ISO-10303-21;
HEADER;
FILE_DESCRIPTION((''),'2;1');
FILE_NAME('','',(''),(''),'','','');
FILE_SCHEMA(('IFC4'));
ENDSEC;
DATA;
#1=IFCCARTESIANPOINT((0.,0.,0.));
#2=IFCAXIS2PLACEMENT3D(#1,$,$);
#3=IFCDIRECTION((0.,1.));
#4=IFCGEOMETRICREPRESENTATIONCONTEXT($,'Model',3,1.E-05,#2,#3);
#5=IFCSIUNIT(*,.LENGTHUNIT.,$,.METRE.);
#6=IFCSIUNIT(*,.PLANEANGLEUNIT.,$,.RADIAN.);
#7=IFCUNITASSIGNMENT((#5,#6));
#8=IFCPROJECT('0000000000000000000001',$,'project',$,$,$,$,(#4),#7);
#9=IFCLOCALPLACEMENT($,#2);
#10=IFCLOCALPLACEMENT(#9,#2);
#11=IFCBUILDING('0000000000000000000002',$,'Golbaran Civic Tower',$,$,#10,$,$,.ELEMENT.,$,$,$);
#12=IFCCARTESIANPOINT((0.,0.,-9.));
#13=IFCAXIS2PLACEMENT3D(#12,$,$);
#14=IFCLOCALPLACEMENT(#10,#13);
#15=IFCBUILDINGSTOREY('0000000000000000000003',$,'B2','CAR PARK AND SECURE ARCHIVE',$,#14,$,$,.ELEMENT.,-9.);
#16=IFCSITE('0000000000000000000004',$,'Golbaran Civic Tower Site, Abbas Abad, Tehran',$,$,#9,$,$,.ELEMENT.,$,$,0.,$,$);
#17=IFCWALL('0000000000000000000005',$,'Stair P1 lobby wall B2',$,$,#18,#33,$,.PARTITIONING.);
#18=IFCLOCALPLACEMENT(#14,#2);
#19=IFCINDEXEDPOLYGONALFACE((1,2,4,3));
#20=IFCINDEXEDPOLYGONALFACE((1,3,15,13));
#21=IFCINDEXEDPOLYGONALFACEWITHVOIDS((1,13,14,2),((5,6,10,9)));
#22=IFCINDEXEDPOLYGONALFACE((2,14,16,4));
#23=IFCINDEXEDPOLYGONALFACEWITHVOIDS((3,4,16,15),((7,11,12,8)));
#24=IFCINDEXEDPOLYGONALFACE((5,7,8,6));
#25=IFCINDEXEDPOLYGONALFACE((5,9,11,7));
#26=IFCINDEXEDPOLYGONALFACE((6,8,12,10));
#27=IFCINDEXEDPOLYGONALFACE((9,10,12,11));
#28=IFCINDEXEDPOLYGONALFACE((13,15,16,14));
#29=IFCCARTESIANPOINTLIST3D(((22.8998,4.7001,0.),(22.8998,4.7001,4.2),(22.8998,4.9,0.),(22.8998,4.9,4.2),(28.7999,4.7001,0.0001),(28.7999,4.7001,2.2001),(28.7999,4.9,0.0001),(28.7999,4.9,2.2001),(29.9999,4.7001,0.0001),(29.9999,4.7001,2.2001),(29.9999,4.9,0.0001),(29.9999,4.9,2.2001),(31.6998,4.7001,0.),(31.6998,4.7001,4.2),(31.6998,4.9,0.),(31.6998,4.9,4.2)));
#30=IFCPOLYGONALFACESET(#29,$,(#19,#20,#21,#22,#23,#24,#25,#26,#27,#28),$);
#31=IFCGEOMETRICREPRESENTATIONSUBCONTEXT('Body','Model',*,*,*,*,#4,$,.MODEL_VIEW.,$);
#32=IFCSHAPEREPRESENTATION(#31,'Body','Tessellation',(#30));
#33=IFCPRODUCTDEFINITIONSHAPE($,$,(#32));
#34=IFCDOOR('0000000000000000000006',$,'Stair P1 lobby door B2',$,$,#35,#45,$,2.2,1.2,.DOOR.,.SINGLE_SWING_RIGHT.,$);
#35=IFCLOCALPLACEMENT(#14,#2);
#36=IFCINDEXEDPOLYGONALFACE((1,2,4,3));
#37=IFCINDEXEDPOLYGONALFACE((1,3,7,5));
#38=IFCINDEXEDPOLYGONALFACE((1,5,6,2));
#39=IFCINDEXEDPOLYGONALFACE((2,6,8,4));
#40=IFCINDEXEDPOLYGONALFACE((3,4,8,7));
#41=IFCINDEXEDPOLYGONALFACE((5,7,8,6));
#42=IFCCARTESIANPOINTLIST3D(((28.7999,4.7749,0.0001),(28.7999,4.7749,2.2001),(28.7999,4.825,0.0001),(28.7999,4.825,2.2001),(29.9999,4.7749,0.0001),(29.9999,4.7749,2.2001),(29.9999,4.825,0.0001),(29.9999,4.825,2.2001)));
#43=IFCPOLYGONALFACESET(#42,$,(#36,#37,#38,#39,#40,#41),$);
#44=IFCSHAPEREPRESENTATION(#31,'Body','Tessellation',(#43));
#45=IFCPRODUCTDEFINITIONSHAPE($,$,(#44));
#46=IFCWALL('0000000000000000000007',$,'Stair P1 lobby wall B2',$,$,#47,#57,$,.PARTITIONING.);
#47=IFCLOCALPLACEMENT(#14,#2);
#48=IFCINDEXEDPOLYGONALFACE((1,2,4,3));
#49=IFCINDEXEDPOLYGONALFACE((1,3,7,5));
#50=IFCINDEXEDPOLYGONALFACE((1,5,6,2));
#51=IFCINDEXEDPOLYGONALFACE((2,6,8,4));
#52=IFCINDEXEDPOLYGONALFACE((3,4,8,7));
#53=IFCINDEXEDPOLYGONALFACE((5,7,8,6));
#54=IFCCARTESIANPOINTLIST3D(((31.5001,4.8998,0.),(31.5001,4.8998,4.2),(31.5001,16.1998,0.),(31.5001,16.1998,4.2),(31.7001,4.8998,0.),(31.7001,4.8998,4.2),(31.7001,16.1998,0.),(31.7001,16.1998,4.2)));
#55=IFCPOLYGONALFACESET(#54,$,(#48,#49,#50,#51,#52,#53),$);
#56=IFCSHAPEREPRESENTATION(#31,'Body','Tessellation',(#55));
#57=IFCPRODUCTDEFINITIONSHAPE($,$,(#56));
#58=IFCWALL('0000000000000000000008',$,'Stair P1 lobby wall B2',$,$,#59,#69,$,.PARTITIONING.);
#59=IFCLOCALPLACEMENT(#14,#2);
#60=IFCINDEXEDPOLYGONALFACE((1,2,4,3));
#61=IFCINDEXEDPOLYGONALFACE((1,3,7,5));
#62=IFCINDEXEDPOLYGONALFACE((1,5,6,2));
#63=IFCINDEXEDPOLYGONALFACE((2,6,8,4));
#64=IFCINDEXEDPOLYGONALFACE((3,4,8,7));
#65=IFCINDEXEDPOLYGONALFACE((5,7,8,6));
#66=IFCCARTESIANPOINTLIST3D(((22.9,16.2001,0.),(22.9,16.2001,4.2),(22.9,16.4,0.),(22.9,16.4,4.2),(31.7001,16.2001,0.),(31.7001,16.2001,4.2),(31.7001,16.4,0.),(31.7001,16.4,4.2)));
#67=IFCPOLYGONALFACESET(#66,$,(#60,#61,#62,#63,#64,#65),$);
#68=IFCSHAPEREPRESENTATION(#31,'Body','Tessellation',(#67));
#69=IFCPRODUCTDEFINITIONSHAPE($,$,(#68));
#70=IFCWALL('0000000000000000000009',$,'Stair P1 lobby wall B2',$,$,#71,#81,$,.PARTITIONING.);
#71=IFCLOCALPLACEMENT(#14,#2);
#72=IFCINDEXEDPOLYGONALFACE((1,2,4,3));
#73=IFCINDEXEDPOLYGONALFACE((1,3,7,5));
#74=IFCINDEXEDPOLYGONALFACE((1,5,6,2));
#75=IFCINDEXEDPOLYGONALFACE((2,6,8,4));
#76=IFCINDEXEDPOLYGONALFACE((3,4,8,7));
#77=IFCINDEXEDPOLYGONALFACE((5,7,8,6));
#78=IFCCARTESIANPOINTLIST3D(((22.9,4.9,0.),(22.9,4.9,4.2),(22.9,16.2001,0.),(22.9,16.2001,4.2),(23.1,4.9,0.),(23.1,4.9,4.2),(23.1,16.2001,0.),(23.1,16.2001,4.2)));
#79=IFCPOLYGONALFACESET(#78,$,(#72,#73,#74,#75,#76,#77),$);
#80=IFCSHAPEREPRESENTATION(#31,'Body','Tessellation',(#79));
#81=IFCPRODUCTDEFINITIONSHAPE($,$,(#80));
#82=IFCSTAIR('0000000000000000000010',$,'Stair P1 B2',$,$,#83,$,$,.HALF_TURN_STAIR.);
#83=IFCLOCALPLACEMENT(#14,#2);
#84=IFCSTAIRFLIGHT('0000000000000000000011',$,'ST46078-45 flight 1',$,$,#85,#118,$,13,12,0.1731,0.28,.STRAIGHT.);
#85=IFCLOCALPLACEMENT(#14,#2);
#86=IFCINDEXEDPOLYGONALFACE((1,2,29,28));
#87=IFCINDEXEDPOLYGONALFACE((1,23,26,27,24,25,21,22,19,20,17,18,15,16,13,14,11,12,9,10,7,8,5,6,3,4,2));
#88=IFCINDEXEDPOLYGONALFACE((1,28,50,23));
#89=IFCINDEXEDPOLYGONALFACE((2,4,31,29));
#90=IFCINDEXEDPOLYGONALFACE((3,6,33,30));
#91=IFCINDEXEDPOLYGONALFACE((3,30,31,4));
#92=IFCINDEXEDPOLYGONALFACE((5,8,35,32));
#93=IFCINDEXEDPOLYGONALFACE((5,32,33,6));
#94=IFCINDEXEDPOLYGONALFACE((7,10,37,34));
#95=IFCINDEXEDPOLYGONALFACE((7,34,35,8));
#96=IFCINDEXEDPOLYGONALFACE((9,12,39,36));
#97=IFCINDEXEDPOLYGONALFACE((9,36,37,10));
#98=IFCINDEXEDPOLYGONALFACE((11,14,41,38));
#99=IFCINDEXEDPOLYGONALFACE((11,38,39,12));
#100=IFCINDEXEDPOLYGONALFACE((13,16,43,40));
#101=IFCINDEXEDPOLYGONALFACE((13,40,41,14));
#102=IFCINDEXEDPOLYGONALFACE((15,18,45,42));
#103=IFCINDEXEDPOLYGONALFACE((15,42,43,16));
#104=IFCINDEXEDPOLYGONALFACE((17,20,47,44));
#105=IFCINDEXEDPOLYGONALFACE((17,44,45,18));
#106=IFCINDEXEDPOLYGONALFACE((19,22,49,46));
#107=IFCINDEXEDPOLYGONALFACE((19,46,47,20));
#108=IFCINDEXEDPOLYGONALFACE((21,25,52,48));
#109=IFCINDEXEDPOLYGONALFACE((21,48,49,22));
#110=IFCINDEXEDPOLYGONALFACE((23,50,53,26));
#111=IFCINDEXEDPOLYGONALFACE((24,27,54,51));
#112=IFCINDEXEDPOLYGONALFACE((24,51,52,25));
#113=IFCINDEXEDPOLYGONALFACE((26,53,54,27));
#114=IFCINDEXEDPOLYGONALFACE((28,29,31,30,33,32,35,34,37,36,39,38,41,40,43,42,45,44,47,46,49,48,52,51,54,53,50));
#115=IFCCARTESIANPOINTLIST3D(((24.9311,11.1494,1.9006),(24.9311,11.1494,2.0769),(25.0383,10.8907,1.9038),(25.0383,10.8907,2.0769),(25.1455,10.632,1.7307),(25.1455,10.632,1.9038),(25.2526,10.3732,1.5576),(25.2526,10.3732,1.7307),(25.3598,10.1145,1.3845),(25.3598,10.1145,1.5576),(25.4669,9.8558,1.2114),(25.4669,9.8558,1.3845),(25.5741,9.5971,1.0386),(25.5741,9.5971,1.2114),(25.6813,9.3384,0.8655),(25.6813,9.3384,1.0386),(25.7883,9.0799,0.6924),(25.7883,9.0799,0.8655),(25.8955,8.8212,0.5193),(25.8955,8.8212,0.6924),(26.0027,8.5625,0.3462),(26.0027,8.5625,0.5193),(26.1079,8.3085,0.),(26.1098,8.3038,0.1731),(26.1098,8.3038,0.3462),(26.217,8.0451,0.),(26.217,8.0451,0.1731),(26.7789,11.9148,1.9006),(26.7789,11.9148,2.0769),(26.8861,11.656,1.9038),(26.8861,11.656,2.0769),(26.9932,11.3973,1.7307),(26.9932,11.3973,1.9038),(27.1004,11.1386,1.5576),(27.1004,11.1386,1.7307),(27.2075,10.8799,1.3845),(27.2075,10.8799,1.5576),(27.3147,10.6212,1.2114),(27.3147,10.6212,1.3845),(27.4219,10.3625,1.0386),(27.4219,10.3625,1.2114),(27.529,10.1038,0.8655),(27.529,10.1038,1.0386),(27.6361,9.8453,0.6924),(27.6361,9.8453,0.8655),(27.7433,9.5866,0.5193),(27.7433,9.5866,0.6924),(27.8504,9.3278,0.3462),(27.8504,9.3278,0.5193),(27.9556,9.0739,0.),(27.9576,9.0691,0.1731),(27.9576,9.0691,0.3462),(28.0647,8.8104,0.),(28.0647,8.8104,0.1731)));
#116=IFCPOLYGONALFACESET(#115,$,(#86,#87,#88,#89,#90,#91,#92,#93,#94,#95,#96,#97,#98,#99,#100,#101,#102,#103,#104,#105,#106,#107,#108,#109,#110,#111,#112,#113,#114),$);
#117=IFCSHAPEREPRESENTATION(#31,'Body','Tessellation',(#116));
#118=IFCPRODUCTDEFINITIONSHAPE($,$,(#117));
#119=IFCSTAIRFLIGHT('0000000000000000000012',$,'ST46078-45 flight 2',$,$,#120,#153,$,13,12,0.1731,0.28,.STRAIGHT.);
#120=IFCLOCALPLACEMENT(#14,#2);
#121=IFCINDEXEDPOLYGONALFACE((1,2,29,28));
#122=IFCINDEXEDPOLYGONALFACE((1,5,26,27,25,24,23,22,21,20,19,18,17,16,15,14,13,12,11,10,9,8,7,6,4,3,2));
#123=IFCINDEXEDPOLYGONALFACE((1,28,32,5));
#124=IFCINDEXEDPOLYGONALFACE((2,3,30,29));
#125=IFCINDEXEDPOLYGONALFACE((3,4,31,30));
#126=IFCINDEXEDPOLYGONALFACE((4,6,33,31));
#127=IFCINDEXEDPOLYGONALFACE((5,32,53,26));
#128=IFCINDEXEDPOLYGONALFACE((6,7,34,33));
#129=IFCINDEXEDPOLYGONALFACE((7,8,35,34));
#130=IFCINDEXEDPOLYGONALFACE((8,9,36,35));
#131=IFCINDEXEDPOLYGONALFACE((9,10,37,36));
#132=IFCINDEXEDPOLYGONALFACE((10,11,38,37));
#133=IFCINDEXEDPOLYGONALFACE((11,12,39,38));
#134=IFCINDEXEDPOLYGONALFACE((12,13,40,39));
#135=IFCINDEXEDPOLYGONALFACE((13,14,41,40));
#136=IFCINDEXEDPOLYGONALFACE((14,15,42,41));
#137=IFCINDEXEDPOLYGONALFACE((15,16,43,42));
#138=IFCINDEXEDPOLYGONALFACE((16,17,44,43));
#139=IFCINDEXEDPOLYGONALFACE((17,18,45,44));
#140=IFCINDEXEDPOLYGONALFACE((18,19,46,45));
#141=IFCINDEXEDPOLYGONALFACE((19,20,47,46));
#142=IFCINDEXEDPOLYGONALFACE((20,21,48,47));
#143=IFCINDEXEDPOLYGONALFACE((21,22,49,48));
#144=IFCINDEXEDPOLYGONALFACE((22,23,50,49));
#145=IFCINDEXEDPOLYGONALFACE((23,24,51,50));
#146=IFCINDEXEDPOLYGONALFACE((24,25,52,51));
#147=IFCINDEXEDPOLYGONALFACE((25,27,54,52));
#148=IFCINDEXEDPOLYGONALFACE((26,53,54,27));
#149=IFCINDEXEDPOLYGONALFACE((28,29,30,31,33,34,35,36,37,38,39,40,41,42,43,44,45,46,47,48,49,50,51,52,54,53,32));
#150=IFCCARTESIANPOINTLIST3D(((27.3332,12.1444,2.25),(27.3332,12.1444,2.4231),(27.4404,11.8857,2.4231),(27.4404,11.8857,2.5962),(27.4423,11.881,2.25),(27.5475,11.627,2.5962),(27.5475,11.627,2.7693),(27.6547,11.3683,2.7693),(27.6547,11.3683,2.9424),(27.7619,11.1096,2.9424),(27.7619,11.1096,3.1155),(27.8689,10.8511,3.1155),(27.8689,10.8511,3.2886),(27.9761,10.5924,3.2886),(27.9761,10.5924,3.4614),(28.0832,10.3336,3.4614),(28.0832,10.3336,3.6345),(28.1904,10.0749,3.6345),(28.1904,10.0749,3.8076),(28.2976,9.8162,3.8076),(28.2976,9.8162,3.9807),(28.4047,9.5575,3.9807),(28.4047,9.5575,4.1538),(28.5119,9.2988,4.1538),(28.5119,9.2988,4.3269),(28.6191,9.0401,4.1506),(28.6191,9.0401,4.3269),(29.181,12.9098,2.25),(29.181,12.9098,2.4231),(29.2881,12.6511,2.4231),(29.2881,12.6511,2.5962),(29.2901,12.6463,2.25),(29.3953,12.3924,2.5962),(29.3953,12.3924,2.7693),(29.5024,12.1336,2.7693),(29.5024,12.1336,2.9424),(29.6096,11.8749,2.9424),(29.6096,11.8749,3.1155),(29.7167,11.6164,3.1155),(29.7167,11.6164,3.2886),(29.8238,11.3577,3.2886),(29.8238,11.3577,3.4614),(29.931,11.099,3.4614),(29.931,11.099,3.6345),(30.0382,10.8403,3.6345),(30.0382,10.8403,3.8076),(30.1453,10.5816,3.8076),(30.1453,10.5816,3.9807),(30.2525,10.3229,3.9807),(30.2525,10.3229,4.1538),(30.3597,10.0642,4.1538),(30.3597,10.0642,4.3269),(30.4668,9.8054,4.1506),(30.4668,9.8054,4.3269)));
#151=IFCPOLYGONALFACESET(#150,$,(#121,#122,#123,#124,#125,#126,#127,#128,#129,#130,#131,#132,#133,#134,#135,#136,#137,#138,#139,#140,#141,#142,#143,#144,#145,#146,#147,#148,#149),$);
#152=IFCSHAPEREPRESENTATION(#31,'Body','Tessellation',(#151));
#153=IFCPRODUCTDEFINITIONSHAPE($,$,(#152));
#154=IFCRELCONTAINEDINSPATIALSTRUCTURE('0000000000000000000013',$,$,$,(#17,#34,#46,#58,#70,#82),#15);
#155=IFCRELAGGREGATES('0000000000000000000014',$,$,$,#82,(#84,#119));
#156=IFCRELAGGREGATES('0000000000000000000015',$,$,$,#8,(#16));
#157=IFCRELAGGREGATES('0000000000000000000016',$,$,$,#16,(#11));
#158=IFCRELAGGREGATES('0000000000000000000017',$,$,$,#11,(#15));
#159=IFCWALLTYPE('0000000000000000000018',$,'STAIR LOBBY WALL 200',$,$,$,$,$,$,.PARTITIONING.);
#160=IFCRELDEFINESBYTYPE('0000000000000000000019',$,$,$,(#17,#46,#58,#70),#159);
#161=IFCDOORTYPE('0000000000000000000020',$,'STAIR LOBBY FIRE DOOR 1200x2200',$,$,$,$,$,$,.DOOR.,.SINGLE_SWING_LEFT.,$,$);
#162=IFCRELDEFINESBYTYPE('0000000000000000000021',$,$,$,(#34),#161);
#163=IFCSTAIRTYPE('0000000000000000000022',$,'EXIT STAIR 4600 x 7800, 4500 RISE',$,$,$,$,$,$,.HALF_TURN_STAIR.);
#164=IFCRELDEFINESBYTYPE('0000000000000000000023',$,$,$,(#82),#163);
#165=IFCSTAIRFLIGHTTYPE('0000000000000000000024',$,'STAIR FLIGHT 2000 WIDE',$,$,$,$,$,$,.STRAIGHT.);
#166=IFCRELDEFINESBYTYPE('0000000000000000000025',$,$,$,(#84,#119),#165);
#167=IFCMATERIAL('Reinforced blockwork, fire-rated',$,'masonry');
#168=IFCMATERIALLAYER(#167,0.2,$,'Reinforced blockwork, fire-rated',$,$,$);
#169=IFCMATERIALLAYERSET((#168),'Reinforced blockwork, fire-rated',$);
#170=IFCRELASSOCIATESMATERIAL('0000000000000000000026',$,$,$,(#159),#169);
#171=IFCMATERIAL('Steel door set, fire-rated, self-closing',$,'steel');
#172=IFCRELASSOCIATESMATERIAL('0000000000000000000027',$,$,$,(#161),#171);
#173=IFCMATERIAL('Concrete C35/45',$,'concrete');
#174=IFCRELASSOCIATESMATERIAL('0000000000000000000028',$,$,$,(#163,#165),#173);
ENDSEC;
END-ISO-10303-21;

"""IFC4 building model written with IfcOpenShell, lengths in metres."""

from ifc_helpers import new_model, si_unit, direction, frame, frame_2d, origin, place, context, subcontext, project, spatial, polyline, rectangle, outline, extrude, material, layer, layer_set, type_object, element, fill, aggregate, save


model = new_model("IFC4")

# Units and contexts
model_context = context("Model", 3, precision=1e-05, world=origin(), true_north=direction((0.0, 1.0)))
body_context = subcontext(model_context, "Body", "Model", "MODEL_VIEW")
ifc_project = project(units=[si_unit("LENGTHUNIT", "METRE"), si_unit("PLANEANGLEUNIT", "RADIAN")], contexts=[model_context])

# Site, building, storey
site_placement = place(None, origin())
site = spatial("IfcSite", under=ifc_project, at=site_placement, Name="Golbaran Civic Tower Site, Abbas Abad, Tehran", CompositionType="ELEMENT", RefElevation=0.0)
building_placement = place(site_placement, origin())
building = spatial("IfcBuilding", under=site, at=building_placement, Name="Golbaran Civic Tower", CompositionType="ELEMENT")
storey_placement = place(building_placement, frame((0.0, 0.0, -9.0)))
storey = spatial("IfcBuildingStorey", under=building, at=storey_placement, Name="B2", Description="CAR PARK AND SECURE ARCHIVE", CompositionType="ELEMENT", Elevation=-9.0)

# Wall, opening, door
ifc_material_1 = material(Name="Reinforced blockwork, fire-rated", Category="masonry")
ifc_layer_1 = layer(ifc_material_1, 0.2, Name="Reinforced blockwork, fire-rated")
ifc_layer_set_1 = layer_set([ifc_layer_1], Name="Reinforced blockwork, fire-rated")
wall_type_1 = type_object("IfcWallType", Name="STAIR LOBBY WALL 200", PredefinedType="PARTITIONING", material=ifc_layer_set_1)
wall_1_placement = place(storey_placement, frame((22.8999, 4.8, 0.0), z_axis=(0.0, 0.0, 1.0), x_axis=(1.0, 0.0, 0.0)))
wall_1 = element("IfcWall", 1, at=wall_1_placement, inside=storey, type_object=wall_type_1, Name="Stair P1 lobby wall B2", PredefinedType="PARTITIONING", context=body_context, shape_type="SweptSolid", body=[
    extrude(rectangle(XDim=8.8, YDim=0.2, at=frame_2d((4.3999, 0.0))), origin(), (0.0, 0.0, 1.0), 4.2),
])
opening_1_placement = place(wall_1_placement, frame((5.8999, 0.0, 0.0)))
opening_1 = element("IfcOpeningElement", 2, at=opening_1_placement, cuts=wall_1, PredefinedType="OPENING", context=body_context, shape_type="SweptSolid", body=[
    extrude(rectangle(XDim=1.2, YDim=2.2, at=frame_2d((0.6001, 1.1001))), frame((0.0, 0.1099, 0.0), z_axis=(0.0, -1.0, 0.0), x_axis=(1.0, 0.0, 0.0)), (0.0, 0.0, 1.0), 0.22),
])
ifc_material_2 = material(Name="Steel door set, fire-rated, self-closing", Category="steel")
door_type_1 = type_object("IfcDoorType", Name="STAIR LOBBY FIRE DOOR 1200x2200", OperationType="SINGLE_SWING_LEFT", PredefinedType="DOOR", material=ifc_material_2)
door_1_placement = place(opening_1_placement, origin())
door_1 = element("IfcDoor", 3, at=door_1_placement, inside=storey, type_object=door_type_1, Name="Stair P1 lobby door B2", OperationType="SINGLE_SWING_RIGHT", OverallHeight=2.2, OverallWidth=1.2, PredefinedType="DOOR", context=body_context, shape_type="SweptSolid", body=[
    extrude(rectangle(XDim=1.2, YDim=2.2, at=frame_2d((0.6001, 1.1001))), frame((0.0, 0.0249, 0.0), z_axis=(0.0, -1.0, 0.0), x_axis=(1.0, 0.0, 0.0)), (0.0, 0.0, 1.0), 0.05),
])
fill(opening_1, door_1)

# Walls
wall_2_placement = place(storey_placement, frame((31.6001, 4.8999, 0.0), z_axis=(0.0, 0.0, 1.0), x_axis=(0.0, 1.0, 0.0)))
element("IfcWall", 4, at=wall_2_placement, inside=storey, type_object=wall_type_1, Name="Stair P1 lobby wall B2", PredefinedType="PARTITIONING", context=body_context, shape_type="SweptSolid", body=[
    extrude(rectangle(XDim=11.3, YDim=0.2, at=frame_2d((5.6499, 0.0))), origin(), (0.0, 0.0, 1.0), 4.2),
])
wall_3_placement = place(storey_placement, frame((31.7, 16.3, 0.0), z_axis=(0.0, 0.0, 1.0), x_axis=(-1.0, 0.0, 0.0)))
element("IfcWall", 5, at=wall_3_placement, inside=storey, type_object=wall_type_1, Name="Stair P1 lobby wall B2", PredefinedType="PARTITIONING", context=body_context, shape_type="SweptSolid", body=[
    extrude(rectangle(XDim=8.8, YDim=0.2, at=frame_2d((4.3999, 0.0))), origin(), (0.0, 0.0, 1.0), 4.2),
])
wall_4_placement = place(storey_placement, frame((23.0, 16.2, 0.0), z_axis=(0.0, 0.0, 1.0), x_axis=(0.0, -1.0, 0.0)))
element("IfcWall", 6, at=wall_4_placement, inside=storey, type_object=wall_type_1, Name="Stair P1 lobby wall B2", PredefinedType="PARTITIONING", context=body_context, shape_type="SweptSolid", body=[
    extrude(rectangle(XDim=11.3, YDim=0.2, at=frame_2d((5.6499, 0.0))), origin(), (0.0, 0.0, 1.0), 4.2),
])

# Stair, stair flights
ifc_material_3 = material(Name="Concrete C35/45", Category="concrete")
stair_type = type_object("IfcStairType", Name="EXIT STAIR 4600 x 7800, 4500 RISE", PredefinedType="HALF_TURN_STAIR", material=ifc_material_3)
stair_placement = place(storey_placement, origin())
stair = element("IfcStair", 7, at=stair_placement, inside=storey, type_object=stair_type, Name="Stair P1 B2", PredefinedType="HALF_TURN_STAIR")
stair_flight_type = type_object("IfcStairFlightType", Name="STAIR FLIGHT 2000 WIDE", PredefinedType="STRAIGHT", material=ifc_material_3)
stair_flight_1_placement = place(storey_placement, frame((27.1409, 8.4277, 0.0), z_axis=(0.0, 0.0, 1.0), x_axis=(-0.382683, 0.92388, 0.0)))
stair_flight_1 = element("IfcStairFlight", 8, at=stair_flight_1_placement, type_object=stair_flight_type, Name="ST46078-45 flight 1", NumberOfRisers=13, NumberOfTreads=12, PredefinedType="STRAIGHT", RiserHeight=0.1731, TreadLength=0.28, context=body_context, shape_type="SweptSolid", body=[
    extrude(outline(polyline([(0.0, 0.0), (0.0, 0.1731), (0.28, 0.1731), (0.28, 0.3462), (0.5601, 0.3462), (0.5601, 0.5193), (0.8401, 0.5193), (0.8401, 0.6924), (1.1201, 0.6924), (1.1201, 0.8655), (1.3999, 0.8655), (1.3999, 1.0386), (1.6799, 1.0386), (1.6799, 1.2114), (1.96, 1.2114), (1.96, 1.3845), (2.24, 1.3845), (2.24, 1.5576), (2.52, 1.5576), (2.52, 1.7307), (2.8, 1.7307), (2.8, 1.9038), (3.0801, 1.9038), (3.0801, 2.0769), (3.3601, 2.0769), (3.3601, 2.25), (3.3601, 1.9006), (0.2852, 0.0), (0.0, 0.0)])), frame((0.0, 1.0, 0.0), z_axis=(0.0, -1.0, 0.0), x_axis=(1.0, 0.0, 0.0)), (0.0, 0.0, 1.0), 2.0),
])
stair_flight_2_placement = place(storey_placement, frame((28.2571, 12.5271, 2.25), z_axis=(0.0, 0.0, 1.0), x_axis=(0.382683, -0.92388, 0.0)))
stair_flight_2 = element("IfcStairFlight", 9, at=stair_flight_2_placement, type_object=stair_flight_type, Name="ST46078-45 flight 2", NumberOfRisers=13, NumberOfTreads=12, PredefinedType="STRAIGHT", RiserHeight=0.1731, TreadLength=0.28, context=body_context, shape_type="SweptSolid", body=[
    extrude(outline(polyline([(0.0, 0.0), (0.0, 0.1731), (0.28, 0.1731), (0.28, 0.3462), (0.5601, 0.3462), (0.5601, 0.5193), (0.8401, 0.5193), (0.8401, 0.6924), (1.1201, 0.6924), (1.1201, 0.8655), (1.3999, 0.8655), (1.3999, 1.0386), (1.6799, 1.0386), (1.6799, 1.2114), (1.96, 1.2114), (1.96, 1.3845), (2.24, 1.3845), (2.24, 1.5576), (2.52, 1.5576), (2.52, 1.7307), (2.8, 1.7307), (2.8, 1.9038), (3.0801, 1.9038), (3.0801, 2.0769), (3.3601, 2.0769), (3.3601, 2.25), (3.3601, 1.9006), (0.2852, 0.0), (0.0, 0.0)])), frame((0.0, 1.0, 0.0), z_axis=(0.0, -1.0, 0.0), x_axis=(1.0, 0.0, 0.0)), (0.0, 0.0, 1.0), 2.0),
])
aggregate(stair, [stair_flight_1, stair_flight_2])

save(model, "model.ifc")
